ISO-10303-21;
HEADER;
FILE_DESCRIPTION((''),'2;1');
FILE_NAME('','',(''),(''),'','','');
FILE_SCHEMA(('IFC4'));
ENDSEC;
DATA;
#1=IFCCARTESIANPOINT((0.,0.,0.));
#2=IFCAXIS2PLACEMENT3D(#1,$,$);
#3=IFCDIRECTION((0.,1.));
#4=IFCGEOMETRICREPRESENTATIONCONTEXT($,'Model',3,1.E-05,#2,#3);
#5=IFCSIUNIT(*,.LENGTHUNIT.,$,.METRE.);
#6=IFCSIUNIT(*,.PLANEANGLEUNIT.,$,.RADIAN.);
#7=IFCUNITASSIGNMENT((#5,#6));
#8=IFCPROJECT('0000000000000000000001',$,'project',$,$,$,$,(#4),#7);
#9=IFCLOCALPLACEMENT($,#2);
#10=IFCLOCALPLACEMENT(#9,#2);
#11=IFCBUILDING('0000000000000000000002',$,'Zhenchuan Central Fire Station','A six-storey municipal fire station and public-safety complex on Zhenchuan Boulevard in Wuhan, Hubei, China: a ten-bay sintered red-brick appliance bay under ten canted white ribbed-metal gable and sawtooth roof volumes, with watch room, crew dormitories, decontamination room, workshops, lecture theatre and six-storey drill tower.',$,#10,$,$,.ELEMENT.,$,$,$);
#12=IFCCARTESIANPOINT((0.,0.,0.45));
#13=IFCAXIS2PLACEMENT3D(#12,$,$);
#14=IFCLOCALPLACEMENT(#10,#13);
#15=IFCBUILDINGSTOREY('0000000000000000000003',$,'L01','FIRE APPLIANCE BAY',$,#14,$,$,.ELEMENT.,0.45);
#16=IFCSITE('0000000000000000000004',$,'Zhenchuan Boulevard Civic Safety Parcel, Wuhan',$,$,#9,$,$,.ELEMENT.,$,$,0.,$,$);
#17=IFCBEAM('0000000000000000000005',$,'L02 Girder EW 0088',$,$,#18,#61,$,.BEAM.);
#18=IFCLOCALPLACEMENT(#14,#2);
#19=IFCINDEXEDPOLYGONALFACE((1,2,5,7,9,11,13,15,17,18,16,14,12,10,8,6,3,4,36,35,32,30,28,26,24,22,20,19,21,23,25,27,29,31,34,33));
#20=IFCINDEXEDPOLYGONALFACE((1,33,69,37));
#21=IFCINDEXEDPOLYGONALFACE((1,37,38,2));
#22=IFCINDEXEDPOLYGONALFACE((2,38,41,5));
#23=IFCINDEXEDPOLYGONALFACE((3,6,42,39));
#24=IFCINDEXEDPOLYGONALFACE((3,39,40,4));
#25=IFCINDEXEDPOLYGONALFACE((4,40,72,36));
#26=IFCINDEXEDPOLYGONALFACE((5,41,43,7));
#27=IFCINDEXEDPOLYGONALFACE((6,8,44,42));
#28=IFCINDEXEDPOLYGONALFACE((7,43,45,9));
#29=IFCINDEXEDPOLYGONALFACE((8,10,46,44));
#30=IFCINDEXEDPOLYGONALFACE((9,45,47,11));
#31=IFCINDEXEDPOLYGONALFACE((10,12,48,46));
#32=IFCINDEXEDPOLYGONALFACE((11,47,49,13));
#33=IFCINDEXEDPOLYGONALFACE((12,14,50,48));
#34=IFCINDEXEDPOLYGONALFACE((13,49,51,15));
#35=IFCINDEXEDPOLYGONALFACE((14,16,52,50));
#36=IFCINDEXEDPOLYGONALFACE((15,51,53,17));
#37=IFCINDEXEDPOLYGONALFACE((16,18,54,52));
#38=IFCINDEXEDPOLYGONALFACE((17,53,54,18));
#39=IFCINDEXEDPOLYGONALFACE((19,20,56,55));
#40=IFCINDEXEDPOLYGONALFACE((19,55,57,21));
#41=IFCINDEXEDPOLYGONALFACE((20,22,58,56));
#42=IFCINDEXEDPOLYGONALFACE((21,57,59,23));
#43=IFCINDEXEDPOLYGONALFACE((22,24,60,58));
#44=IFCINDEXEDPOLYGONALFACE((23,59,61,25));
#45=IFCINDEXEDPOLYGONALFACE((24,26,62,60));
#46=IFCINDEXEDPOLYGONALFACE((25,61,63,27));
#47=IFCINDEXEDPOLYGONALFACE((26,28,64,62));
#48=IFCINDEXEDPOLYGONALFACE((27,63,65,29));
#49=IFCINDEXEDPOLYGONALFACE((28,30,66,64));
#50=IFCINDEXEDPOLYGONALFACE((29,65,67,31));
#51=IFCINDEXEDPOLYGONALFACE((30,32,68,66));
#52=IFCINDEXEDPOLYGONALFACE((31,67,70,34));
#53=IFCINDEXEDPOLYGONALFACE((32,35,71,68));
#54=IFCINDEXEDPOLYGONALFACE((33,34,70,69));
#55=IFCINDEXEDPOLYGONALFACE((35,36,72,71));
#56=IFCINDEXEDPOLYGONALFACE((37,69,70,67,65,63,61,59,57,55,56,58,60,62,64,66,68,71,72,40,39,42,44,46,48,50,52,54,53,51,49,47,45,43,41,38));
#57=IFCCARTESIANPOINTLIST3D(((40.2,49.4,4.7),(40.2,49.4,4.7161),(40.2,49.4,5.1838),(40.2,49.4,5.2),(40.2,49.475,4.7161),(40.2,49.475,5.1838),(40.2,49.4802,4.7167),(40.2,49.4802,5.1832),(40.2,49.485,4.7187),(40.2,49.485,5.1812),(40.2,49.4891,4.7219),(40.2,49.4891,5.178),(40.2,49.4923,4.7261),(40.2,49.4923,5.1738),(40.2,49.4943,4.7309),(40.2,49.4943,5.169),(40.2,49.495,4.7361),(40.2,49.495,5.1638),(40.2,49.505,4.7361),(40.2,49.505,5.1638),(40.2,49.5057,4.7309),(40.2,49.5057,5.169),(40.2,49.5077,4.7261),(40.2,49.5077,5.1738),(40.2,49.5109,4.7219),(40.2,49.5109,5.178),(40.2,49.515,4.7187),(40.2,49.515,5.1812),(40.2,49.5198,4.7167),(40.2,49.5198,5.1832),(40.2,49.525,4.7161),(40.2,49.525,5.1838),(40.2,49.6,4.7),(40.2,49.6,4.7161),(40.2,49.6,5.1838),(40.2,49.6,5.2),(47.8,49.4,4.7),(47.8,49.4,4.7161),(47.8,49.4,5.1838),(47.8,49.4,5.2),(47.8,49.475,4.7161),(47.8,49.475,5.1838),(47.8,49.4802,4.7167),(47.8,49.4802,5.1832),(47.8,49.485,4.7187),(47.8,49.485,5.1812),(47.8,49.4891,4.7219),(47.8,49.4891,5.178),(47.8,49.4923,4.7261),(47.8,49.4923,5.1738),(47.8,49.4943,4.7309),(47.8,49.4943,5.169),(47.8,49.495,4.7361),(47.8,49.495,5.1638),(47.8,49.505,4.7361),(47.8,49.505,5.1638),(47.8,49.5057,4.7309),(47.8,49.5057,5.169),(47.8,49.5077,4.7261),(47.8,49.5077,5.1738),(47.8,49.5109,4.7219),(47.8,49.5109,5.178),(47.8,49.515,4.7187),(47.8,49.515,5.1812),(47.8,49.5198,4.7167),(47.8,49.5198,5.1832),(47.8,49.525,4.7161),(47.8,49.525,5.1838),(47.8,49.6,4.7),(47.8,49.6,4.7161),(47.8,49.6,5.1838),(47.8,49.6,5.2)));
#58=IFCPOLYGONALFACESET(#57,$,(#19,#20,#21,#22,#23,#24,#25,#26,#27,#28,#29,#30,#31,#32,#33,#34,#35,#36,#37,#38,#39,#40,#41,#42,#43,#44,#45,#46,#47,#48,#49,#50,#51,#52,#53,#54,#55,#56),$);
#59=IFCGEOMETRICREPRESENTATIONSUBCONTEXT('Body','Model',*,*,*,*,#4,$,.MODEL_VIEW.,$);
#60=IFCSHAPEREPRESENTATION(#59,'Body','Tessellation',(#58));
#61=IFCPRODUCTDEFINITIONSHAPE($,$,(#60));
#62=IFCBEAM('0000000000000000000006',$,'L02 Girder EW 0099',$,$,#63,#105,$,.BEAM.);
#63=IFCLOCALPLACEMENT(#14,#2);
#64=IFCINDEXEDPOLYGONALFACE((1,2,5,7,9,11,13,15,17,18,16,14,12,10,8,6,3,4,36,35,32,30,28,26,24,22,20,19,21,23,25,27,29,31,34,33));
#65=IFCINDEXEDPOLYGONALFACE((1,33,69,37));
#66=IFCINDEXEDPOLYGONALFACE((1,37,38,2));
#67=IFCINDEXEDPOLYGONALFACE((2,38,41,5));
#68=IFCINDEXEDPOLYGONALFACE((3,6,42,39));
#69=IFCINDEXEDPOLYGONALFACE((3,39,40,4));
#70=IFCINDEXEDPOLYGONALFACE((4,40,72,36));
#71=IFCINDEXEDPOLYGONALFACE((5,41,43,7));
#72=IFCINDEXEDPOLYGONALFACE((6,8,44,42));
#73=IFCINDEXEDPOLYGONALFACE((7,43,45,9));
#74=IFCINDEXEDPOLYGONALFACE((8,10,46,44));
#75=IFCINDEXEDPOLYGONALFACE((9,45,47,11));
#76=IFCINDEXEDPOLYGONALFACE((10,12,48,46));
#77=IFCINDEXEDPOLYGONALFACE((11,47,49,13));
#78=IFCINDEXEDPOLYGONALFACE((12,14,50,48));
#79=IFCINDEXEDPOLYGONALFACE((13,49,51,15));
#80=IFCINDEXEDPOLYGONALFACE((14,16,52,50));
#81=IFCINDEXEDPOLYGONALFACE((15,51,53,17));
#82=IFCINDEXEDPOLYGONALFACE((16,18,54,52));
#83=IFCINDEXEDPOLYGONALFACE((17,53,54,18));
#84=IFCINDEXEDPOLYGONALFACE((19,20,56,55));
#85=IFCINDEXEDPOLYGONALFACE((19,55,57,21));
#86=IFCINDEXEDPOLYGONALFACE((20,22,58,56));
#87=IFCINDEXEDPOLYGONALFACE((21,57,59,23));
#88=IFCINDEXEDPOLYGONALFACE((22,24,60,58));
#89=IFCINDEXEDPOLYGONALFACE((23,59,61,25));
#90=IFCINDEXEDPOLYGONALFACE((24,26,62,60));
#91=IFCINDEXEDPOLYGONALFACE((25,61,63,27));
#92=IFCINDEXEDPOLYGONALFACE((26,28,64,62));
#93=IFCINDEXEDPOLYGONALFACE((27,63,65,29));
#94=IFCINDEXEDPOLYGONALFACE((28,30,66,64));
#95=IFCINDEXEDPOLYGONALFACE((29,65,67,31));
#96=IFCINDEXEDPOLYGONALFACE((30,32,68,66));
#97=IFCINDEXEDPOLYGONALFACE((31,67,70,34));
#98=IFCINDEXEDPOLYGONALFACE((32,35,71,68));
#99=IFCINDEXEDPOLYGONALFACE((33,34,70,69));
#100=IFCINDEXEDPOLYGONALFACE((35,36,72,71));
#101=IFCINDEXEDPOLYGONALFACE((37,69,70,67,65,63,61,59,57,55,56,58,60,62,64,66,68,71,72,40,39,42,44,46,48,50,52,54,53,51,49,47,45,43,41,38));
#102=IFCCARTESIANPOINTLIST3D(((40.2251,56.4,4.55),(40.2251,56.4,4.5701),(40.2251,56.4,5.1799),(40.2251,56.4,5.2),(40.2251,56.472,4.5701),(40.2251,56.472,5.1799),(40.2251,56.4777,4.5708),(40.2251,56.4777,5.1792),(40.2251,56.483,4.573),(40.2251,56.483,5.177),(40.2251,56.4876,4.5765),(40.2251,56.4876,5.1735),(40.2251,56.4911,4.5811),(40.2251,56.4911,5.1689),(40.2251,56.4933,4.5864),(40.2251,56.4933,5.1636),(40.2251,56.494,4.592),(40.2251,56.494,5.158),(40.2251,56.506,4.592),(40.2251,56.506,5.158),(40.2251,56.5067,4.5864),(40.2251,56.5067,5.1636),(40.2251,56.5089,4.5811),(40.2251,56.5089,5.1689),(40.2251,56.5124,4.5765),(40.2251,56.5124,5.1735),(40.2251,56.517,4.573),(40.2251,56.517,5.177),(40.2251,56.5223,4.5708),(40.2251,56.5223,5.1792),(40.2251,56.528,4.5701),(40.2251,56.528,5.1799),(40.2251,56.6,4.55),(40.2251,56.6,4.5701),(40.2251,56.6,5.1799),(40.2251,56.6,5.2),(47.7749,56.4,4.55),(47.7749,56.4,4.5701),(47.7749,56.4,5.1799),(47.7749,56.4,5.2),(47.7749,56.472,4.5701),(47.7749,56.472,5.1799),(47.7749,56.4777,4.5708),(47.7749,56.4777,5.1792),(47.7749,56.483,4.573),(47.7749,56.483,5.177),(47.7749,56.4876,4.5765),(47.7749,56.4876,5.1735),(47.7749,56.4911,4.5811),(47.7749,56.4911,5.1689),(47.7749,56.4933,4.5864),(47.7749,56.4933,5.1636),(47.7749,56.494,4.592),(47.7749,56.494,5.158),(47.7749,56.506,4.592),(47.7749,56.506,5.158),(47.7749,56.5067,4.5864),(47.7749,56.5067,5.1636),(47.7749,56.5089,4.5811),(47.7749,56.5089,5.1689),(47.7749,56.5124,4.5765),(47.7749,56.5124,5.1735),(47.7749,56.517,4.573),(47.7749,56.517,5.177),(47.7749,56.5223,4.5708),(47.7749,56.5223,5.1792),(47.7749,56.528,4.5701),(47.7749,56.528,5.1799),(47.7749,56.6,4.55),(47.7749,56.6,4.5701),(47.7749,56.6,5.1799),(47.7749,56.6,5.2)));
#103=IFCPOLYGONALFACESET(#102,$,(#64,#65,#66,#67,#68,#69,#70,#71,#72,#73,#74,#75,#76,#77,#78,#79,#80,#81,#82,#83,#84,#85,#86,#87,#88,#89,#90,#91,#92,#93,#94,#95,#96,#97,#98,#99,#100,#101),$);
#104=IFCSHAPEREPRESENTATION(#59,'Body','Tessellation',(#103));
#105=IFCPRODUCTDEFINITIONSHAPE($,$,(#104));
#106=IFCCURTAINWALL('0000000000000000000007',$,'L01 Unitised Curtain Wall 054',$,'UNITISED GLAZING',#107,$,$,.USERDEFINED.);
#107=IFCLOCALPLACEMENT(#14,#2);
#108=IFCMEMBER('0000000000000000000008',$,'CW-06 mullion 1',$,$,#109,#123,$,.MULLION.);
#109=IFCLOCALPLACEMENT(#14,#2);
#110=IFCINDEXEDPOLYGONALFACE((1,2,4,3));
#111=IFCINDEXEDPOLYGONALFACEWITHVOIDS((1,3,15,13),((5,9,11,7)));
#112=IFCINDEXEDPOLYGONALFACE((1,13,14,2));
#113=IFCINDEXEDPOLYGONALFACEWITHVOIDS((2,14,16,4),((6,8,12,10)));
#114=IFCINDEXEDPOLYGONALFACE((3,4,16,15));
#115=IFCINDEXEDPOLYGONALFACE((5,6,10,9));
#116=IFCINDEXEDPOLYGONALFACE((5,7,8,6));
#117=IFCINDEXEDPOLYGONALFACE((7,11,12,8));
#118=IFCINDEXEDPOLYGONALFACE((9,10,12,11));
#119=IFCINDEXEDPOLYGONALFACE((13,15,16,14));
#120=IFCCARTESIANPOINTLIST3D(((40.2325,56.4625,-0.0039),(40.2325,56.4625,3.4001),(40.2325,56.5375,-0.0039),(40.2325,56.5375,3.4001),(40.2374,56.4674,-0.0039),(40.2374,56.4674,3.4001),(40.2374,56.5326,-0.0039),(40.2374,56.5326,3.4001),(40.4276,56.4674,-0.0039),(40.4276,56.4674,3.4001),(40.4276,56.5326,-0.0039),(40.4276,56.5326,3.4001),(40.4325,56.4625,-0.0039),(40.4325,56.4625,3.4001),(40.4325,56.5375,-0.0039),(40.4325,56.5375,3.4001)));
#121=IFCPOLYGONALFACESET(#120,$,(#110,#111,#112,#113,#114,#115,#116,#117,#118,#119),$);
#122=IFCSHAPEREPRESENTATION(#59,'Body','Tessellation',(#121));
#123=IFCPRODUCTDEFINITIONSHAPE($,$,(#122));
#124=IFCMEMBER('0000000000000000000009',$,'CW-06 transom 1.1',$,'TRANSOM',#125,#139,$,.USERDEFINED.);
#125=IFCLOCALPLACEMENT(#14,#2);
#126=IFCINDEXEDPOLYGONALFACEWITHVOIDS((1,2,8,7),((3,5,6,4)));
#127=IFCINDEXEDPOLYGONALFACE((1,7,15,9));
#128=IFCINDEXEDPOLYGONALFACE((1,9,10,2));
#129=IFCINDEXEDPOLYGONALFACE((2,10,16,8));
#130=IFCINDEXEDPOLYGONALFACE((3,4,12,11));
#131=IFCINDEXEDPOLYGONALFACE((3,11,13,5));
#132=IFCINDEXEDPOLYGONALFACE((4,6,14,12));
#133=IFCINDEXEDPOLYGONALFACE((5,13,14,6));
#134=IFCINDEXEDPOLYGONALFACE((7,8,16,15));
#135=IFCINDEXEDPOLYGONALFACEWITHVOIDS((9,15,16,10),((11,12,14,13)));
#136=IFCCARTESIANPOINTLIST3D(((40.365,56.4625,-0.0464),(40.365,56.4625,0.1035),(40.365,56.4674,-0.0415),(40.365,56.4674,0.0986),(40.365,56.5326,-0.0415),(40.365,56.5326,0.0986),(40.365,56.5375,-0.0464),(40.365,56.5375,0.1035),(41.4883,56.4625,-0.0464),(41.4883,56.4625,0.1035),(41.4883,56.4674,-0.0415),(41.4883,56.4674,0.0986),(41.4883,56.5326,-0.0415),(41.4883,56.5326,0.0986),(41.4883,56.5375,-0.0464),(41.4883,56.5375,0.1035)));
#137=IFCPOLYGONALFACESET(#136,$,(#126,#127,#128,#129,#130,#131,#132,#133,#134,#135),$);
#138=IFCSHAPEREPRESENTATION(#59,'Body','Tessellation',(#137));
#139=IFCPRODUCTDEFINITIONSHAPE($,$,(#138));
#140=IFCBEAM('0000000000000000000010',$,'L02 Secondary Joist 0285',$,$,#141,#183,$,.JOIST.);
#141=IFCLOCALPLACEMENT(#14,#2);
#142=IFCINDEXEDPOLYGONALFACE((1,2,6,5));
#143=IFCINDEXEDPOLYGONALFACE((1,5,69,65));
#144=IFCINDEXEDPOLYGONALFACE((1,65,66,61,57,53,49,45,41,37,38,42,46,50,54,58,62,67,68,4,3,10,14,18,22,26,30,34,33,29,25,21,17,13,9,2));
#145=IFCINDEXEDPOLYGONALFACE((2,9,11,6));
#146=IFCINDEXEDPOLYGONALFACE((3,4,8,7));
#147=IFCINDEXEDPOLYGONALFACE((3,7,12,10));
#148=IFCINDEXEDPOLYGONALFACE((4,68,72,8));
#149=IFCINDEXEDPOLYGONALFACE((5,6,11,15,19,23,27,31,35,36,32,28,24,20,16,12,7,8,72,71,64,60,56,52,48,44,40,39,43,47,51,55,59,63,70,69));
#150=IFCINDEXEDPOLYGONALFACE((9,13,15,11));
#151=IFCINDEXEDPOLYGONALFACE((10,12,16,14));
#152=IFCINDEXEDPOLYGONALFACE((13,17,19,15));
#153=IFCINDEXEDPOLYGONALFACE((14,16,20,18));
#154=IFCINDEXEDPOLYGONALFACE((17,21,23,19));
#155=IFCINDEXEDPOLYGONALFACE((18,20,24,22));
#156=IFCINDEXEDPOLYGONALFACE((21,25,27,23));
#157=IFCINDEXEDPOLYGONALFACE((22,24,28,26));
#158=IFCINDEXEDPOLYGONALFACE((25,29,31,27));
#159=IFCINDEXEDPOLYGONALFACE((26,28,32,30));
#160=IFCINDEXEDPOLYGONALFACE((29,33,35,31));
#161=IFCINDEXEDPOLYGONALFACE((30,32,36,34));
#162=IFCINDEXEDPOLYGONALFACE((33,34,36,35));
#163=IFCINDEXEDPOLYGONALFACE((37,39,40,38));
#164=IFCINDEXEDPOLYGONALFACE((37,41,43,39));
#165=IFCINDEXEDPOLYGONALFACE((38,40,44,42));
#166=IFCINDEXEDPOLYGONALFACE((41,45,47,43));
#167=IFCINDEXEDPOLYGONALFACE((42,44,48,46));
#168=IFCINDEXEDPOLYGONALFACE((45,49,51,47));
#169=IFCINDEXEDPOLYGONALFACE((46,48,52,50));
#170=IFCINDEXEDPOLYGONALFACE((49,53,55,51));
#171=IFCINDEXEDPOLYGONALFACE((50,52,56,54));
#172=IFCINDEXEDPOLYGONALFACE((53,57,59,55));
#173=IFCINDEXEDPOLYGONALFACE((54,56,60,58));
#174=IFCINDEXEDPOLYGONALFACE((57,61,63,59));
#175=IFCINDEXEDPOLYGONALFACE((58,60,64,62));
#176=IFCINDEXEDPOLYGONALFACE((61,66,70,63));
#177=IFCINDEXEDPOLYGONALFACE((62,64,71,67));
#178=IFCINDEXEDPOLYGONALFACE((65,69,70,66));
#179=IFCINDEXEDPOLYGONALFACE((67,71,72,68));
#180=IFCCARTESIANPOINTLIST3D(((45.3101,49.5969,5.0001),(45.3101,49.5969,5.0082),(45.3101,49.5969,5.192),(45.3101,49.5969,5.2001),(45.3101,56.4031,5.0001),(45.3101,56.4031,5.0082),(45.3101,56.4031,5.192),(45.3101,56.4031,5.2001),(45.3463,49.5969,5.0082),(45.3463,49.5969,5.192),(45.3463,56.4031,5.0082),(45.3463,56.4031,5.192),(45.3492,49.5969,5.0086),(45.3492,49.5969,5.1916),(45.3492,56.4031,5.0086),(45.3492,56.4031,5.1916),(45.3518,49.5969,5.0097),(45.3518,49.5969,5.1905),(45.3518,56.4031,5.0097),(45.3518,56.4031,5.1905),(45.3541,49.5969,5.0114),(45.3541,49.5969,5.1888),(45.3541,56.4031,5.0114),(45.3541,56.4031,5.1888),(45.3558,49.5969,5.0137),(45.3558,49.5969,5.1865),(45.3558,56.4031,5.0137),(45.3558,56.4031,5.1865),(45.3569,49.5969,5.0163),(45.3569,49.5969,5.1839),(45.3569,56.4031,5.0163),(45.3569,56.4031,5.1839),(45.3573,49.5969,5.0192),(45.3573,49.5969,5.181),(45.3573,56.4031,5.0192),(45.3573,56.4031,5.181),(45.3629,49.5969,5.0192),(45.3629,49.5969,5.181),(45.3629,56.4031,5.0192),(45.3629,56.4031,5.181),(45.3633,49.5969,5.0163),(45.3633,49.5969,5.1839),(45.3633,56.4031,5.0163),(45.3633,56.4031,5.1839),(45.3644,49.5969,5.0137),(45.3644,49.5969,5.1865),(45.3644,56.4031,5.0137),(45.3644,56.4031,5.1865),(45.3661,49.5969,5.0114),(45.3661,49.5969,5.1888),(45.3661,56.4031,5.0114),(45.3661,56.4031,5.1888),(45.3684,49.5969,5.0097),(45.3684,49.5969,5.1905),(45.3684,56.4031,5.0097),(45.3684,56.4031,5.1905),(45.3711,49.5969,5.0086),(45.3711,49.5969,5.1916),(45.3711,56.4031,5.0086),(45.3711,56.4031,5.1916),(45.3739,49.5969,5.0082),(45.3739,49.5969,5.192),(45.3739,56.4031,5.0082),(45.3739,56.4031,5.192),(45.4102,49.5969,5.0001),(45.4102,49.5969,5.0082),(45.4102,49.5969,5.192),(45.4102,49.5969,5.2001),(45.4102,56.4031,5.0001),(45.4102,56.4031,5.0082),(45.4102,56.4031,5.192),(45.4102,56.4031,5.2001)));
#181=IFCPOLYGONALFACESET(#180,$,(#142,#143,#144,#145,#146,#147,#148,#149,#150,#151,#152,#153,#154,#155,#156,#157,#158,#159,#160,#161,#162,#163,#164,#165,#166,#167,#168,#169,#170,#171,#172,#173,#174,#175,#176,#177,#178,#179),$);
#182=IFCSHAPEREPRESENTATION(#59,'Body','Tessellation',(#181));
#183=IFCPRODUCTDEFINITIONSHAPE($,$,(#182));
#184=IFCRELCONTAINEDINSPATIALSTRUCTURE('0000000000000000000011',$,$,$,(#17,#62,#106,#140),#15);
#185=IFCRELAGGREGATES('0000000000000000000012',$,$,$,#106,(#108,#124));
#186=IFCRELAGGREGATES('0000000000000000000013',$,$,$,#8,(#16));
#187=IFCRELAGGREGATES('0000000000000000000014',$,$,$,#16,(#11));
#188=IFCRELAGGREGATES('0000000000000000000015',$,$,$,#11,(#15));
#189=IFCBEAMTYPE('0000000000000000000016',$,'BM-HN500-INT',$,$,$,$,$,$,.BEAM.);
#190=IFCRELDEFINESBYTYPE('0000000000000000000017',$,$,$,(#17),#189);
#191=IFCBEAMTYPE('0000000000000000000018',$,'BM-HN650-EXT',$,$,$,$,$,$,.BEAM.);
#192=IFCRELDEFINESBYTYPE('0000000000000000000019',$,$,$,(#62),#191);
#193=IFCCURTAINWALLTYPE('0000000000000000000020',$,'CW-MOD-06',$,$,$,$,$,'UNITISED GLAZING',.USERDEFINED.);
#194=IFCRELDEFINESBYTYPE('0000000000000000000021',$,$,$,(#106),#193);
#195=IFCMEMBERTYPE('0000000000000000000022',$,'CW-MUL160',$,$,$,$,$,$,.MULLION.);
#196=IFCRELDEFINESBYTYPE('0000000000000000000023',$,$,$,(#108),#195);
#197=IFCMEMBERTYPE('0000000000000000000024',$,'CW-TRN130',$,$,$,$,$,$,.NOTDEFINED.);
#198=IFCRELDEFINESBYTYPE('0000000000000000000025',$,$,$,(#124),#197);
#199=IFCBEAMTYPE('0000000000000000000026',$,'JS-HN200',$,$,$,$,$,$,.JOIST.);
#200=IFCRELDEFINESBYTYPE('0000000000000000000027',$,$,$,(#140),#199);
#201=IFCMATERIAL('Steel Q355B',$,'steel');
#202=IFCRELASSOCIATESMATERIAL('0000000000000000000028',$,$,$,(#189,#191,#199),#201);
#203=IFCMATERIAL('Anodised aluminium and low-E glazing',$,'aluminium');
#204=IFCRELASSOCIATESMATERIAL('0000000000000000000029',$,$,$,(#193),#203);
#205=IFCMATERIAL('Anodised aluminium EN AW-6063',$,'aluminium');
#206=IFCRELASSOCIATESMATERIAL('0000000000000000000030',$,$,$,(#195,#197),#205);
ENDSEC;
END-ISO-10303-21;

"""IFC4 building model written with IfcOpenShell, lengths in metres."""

from ifc_helpers import new_model, si_unit, direction, frame, origin, origin_2d, place, context, subcontext, project, spatial, hollow_rectangle, i_section, extrude, material, material_profile, profile_set, type_object, element, aggregate, save


model = new_model("IFC4")

# Units and contexts
model_context = context("Model", 3, precision=1e-05, world=origin(), true_north=direction((0.0, 1.0)))
body_context = subcontext(model_context, "Body", "Model", "MODEL_VIEW")
ifc_project = project(units=[si_unit("LENGTHUNIT", "METRE"), si_unit("PLANEANGLEUNIT", "RADIAN")], contexts=[model_context])

# Site, building, storey
site_placement = place(None, origin())
site = spatial("IfcSite", under=ifc_project, at=site_placement, Name="Zhenchuan Boulevard Civic Safety Parcel, Wuhan", CompositionType="ELEMENT", RefElevation=0.0)
building_placement = place(site_placement, origin())
building = spatial("IfcBuilding", under=site, at=building_placement, Name="Zhenchuan Central Fire Station", Description="A six-storey municipal fire station and public-safety complex on Zhenchuan Boulevard in Wuhan, Hubei, China: a ten-bay sintered red-brick appliance bay under ten canted white ribbed-metal gable and sawtooth roof volumes, with watch room, crew dormitories, decontamination room, workshops, lecture theatre and six-storey drill tower.", CompositionType="ELEMENT")
storey_placement = place(building_placement, frame((0.0, 0.0, 0.45)))
storey = spatial("IfcBuildingStorey", under=building, at=storey_placement, Name="L01", Description="FIRE APPLIANCE BAY", CompositionType="ELEMENT", Elevation=0.45)

# Shared definitions
ifc_material_1 = material(Name="Steel Q355B", Category="steel")

# Beams
ifc_material_profile_1 = material_profile(ifc_material_1, i_section(OverallWidth=0.2, OverallDepth=0.5, WebThickness=0.01, FlangeThickness=0.0161, FilletRadius=0.02, at=origin_2d()), Name="HN 500x200")
ifc_profile_set_1 = profile_set([ifc_material_profile_1], Name="Steel Q355B")
beam_type_1 = type_object("IfcBeamType", Name="BM-HN500-INT", PredefinedType="BEAM", material=ifc_profile_set_1)
beam_1_placement = place(storey_placement, frame((40.2, 49.5, 4.95), z_axis=(1.0, 0.0, 0.0), x_axis=(0.0, 1.0, 0.0)))
element("IfcBeam", 1, at=beam_1_placement, inside=storey, type_object=beam_type_1, Name="L02 Girder EW 0088", PredefinedType="BEAM", context=body_context, shape_type="SweptSolid", body=[
    extrude(i_section(OverallWidth=0.2, OverallDepth=0.5, WebThickness=0.01, FlangeThickness=0.0161, FilletRadius=0.02, at=origin_2d()), origin(), (0.0, 0.0, 1.0), 7.6001),
])
ifc_material_profile_2 = material_profile(ifc_material_1, i_section(OverallWidth=0.2, OverallDepth=0.6499, WebThickness=0.012, FlangeThickness=0.02, FilletRadius=0.022, at=origin_2d()), Name="HN 650x200")
ifc_profile_set_2 = profile_set([ifc_material_profile_2], Name="Steel Q355B")
beam_type_2 = type_object("IfcBeamType", Name="BM-HN650-EXT", PredefinedType="BEAM", material=ifc_profile_set_2)
beam_2_placement = place(storey_placement, frame((40.2251, 56.5, 4.875), z_axis=(1.0, 0.0, 0.0), x_axis=(0.0, 1.0, 0.0)))
element("IfcBeam", 2, at=beam_2_placement, inside=storey, type_object=beam_type_2, Name="L02 Girder EW 0099", PredefinedType="BEAM", context=body_context, shape_type="SweptSolid", body=[
    extrude(i_section(OverallWidth=0.2, OverallDepth=0.6499, WebThickness=0.012, FlangeThickness=0.02, FilletRadius=0.022, at=origin_2d()), origin(), (0.0, 0.0, 1.0), 7.5498),
])

# Curtain wall, members
ifc_material_2 = material(Name="Anodised aluminium and low-E glazing", Category="aluminium")
curtain_wall_type = type_object("IfcCurtainWallType", Name="CW-MOD-06", ElementType="UNITISED GLAZING", PredefinedType="USERDEFINED", material=ifc_material_2)
curtain_wall_placement = place(storey_placement, origin())
curtain_wall = element("IfcCurtainWall", 3, at=curtain_wall_placement, inside=storey, type_object=curtain_wall_type, Name="L01 Unitised Curtain Wall 054", ObjectType="UNITISED GLAZING", PredefinedType="USERDEFINED")
ifc_material_3 = material(Name="Anodised aluminium EN AW-6063", Category="aluminium")
ifc_material_profile_3 = material_profile(ifc_material_3, hollow_rectangle(XDim=0.075, YDim=0.2, WallThickness=0.0049, at=origin_2d()), Name="ALU-M 200x75")
ifc_profile_set_3 = profile_set([ifc_material_profile_3], Name="Anodised aluminium EN AW-6063")
member_type_1 = type_object("IfcMemberType", Name="CW-MUL160", PredefinedType="MULLION", material=ifc_profile_set_3)
member_1_placement = place(storey_placement, frame((40.3325, 56.5, -0.0039), z_axis=(0.0, 0.0, 1.0), x_axis=(0.0, 1.0, 0.0)))
member_1 = element("IfcMember", 4, at=member_1_placement, type_object=member_type_1, Name="CW-06 mullion 1", PredefinedType="MULLION", context=body_context, shape_type="SweptSolid", body=[
    extrude(hollow_rectangle(XDim=0.075, YDim=0.2, WallThickness=0.0049, at=origin_2d()), origin(), (0.0, 0.0, 1.0), 3.4041),
])
ifc_material_profile_4 = material_profile(ifc_material_3, hollow_rectangle(XDim=0.075, YDim=0.1499, WallThickness=0.0049, at=origin_2d()), Name="ALU-T 150x75")
ifc_profile_set_4 = profile_set([ifc_material_profile_4], Name="Anodised aluminium EN AW-6063")
member_type_2 = type_object("IfcMemberType", Name="CW-TRN130", PredefinedType="NOTDEFINED", material=ifc_profile_set_4)
member_2_placement = place(storey_placement, frame((40.365, 56.5, 0.0286), z_axis=(1.0, 0.0, 0.0), x_axis=(0.0, 1.0, 0.0)))
member_2 = element("IfcMember", 5, at=member_2_placement, type_object=member_type_2, Name="CW-06 transom 1.1", ObjectType="TRANSOM", PredefinedType="USERDEFINED", context=body_context, shape_type="SweptSolid", body=[
    extrude(hollow_rectangle(XDim=0.075, YDim=0.1499, WallThickness=0.0049, at=origin_2d()), origin(), (0.0, 0.0, 1.0), 1.1233),
])
aggregate(curtain_wall, [member_1, member_2])

# Beam
ifc_material_profile_5 = material_profile(ifc_material_1, i_section(OverallWidth=0.1001, OverallDepth=0.2, WebThickness=0.0056, FlangeThickness=0.0081, FilletRadius=0.011, at=origin_2d()), Name="HN 200x100")
ifc_profile_set_5 = profile_set([ifc_material_profile_5], Name="Steel Q355B")
beam_type_3 = type_object("IfcBeamType", Name="JS-HN200", PredefinedType="JOIST", material=ifc_profile_set_5)
beam_3_placement = place(storey_placement, frame((45.3601, 49.5969, 5.1001), z_axis=(0.0, 1.0, 0.0), x_axis=(-1.0, 0.0, 0.0)))
element("IfcBeam", 6, at=beam_3_placement, inside=storey, type_object=beam_type_3, Name="L02 Secondary Joist 0285", PredefinedType="JOIST", context=body_context, shape_type="SweptSolid", body=[
    extrude(i_section(OverallWidth=0.1001, OverallDepth=0.2, WebThickness=0.0056, FlangeThickness=0.0081, FilletRadius=0.011, at=origin_2d()), origin(), (0.0, 0.0, 1.0), 6.8062),
])

save(model, "model.ifc")
